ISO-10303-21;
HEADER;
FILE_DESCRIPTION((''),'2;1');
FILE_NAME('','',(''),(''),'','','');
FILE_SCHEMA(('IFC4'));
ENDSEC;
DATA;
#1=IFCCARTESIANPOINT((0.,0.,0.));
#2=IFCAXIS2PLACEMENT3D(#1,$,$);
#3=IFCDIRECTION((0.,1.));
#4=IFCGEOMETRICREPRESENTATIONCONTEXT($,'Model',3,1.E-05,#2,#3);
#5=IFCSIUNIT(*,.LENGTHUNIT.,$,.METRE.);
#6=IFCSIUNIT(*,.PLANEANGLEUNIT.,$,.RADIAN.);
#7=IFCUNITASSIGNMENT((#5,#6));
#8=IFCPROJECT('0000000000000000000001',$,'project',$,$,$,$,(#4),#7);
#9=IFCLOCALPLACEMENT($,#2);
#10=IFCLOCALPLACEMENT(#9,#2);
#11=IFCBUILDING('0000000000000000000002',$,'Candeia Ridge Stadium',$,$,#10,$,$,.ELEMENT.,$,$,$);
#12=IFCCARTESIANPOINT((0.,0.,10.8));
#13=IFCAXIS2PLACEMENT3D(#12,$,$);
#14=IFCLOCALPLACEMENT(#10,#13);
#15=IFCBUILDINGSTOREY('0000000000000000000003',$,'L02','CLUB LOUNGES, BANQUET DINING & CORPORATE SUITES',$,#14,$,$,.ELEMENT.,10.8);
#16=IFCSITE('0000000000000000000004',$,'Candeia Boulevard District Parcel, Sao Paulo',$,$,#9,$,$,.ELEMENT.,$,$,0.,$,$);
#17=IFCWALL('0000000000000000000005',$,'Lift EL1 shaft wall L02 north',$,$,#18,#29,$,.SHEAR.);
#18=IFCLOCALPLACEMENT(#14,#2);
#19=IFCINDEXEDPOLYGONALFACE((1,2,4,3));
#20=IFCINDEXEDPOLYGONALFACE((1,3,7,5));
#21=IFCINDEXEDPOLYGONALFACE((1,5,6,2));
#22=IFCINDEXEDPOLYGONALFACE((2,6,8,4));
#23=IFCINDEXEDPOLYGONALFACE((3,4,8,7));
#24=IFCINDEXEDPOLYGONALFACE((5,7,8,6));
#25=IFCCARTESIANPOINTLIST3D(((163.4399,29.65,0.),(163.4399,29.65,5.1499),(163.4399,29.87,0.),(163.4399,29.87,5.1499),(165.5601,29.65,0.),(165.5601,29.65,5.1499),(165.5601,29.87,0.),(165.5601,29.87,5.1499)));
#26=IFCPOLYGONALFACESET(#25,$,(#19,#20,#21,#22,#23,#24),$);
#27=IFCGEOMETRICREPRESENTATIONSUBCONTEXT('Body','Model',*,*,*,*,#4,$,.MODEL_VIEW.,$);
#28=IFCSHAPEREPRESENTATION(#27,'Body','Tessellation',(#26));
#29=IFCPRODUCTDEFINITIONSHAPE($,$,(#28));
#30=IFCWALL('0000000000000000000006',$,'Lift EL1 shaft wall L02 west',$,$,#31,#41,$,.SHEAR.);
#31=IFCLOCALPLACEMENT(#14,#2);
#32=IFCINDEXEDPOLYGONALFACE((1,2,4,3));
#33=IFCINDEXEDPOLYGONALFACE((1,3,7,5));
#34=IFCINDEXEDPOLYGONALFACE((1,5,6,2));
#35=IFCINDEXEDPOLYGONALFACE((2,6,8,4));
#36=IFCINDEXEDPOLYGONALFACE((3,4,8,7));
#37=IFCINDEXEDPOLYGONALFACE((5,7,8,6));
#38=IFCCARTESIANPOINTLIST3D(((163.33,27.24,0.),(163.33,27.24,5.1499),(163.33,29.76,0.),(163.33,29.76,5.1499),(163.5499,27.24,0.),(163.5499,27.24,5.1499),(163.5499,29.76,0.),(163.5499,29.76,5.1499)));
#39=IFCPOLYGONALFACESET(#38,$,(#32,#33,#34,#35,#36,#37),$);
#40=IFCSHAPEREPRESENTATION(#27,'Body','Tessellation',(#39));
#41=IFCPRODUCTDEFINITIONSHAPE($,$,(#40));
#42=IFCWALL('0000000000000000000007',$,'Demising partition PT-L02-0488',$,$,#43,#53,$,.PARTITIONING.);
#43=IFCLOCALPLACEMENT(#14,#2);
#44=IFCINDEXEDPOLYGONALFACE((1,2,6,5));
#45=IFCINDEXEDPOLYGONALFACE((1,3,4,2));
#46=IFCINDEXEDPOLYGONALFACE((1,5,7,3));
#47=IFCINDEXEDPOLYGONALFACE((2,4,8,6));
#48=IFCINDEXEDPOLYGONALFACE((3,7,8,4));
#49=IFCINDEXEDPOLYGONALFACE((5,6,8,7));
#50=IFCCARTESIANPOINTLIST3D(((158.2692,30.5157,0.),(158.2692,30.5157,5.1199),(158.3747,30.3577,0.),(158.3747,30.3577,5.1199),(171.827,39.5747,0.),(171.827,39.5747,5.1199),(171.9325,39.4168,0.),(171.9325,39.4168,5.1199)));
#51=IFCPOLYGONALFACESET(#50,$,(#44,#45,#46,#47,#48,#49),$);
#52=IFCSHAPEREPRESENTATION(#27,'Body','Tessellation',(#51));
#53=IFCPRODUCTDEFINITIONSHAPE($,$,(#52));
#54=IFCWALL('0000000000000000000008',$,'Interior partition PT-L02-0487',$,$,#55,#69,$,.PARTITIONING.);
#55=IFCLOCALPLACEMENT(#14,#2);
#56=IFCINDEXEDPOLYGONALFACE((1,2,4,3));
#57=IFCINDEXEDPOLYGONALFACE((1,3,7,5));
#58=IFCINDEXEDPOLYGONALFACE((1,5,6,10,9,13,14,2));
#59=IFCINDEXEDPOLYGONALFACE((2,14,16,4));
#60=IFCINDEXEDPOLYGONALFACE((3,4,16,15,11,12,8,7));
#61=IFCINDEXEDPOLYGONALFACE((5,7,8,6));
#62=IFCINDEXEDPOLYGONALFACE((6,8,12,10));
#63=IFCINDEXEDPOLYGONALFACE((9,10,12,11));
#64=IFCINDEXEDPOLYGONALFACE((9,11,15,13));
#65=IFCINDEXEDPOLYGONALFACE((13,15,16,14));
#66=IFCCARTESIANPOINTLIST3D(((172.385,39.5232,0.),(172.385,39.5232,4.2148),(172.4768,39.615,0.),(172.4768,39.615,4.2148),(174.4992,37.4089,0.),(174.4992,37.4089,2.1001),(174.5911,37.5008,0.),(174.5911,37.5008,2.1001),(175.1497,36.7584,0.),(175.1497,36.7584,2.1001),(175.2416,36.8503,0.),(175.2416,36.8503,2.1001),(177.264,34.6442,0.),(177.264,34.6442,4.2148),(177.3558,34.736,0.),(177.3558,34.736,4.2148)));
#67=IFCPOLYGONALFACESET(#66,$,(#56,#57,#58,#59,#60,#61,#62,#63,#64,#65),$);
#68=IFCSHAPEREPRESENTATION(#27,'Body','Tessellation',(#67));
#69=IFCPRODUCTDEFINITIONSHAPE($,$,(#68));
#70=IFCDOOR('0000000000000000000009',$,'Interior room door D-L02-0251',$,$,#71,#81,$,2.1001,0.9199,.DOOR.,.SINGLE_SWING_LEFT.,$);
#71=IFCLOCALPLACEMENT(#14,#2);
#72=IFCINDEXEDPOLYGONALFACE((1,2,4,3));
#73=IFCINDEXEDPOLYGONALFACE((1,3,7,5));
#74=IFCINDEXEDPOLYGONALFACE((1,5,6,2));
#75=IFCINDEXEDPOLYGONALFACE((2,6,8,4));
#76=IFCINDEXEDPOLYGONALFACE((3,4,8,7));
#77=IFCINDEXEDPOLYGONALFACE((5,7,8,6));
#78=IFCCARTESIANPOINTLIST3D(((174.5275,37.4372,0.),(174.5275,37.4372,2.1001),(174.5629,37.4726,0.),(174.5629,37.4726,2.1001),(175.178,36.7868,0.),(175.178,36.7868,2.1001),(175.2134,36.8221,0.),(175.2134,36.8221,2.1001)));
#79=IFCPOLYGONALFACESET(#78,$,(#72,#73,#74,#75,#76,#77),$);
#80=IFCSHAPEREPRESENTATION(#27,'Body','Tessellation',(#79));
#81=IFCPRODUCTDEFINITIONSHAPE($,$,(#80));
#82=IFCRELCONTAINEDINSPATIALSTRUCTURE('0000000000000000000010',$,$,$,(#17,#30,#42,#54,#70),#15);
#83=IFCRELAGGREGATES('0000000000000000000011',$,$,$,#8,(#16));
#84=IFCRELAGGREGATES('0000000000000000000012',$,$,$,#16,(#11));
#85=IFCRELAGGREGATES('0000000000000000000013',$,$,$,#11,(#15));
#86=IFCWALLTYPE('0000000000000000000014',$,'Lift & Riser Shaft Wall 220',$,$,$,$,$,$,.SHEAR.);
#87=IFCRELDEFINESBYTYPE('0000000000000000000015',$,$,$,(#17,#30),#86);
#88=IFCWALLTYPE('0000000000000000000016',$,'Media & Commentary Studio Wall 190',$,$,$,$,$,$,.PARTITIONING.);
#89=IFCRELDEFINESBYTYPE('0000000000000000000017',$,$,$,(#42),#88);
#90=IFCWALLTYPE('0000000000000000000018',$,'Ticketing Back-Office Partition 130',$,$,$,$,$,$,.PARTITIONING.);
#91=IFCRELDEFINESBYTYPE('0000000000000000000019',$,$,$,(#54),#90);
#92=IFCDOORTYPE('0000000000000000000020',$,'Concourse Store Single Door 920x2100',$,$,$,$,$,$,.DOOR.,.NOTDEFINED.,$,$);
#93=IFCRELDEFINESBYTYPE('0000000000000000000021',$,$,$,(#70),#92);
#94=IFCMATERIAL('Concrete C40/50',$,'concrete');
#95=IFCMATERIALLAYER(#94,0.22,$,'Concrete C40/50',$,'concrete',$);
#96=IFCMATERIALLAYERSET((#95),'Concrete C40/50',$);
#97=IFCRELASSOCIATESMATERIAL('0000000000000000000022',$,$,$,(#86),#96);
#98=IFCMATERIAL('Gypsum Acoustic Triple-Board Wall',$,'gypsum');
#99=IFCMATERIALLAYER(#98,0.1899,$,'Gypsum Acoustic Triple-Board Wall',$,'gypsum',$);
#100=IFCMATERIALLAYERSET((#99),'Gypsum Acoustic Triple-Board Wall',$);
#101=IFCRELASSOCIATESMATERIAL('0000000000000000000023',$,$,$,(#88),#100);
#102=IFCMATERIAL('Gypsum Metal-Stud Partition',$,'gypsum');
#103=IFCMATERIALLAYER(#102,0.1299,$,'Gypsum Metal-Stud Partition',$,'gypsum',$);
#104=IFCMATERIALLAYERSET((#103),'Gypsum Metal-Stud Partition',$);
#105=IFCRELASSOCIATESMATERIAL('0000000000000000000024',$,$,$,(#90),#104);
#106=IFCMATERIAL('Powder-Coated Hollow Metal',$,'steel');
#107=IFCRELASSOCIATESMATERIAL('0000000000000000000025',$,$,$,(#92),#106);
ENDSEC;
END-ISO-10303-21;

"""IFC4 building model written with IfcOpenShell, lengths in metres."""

from ifc_helpers import new_model, si_unit, direction, frame, frame_2d, origin, place, context, subcontext, project, spatial, rectangle, extrude, material, layer, layer_set, type_object, element, fill, save


model = new_model("IFC4")

# Units and contexts
model_context = context("Model", 3, precision=1e-05, world=origin(), true_north=direction((0.0, 1.0)))
body_context = subcontext(model_context, "Body", "Model", "MODEL_VIEW")
ifc_project = project(units=[si_unit("LENGTHUNIT", "METRE"), si_unit("PLANEANGLEUNIT", "RADIAN")], contexts=[model_context])

# Site, building, storey
site_placement = place(None, origin())
site = spatial("IfcSite", under=ifc_project, at=site_placement, Name="Candeia Boulevard District Parcel, Sao Paulo", CompositionType="ELEMENT", RefElevation=0.0)
building_placement = place(site_placement, origin())
building = spatial("IfcBuilding", under=site, at=building_placement, Name="Candeia Ridge Stadium", CompositionType="ELEMENT")
storey_placement = place(building_placement, frame((0.0, 0.0, 10.8)))
storey = spatial("IfcBuildingStorey", under=building, at=storey_placement, Name="L02", Description="CLUB LOUNGES, BANQUET DINING & CORPORATE SUITES", CompositionType="ELEMENT", Elevation=10.8)

# Shared definitions
ifc_material_1 = material(Name="Concrete C40/50", Category="concrete")

# Walls
ifc_layer_1 = layer(ifc_material_1, 0.22, Name="Concrete C40/50", Category="concrete")
ifc_layer_set_1 = layer_set([ifc_layer_1], Name="Concrete C40/50")
wall_type_1 = type_object("IfcWallType", Name="Lift & Riser Shaft Wall 220", PredefinedType="SHEAR", material=ifc_layer_set_1)
wall_1_placement = place(storey_placement, frame((165.5601, 29.76, 0.0), z_axis=(0.0, 0.0, 1.0), x_axis=(-1.0, 0.0, 0.0)))
element("IfcWall", 1, at=wall_1_placement, inside=storey, type_object=wall_type_1, Name="Lift EL1 shaft wall L02 north", PredefinedType="SHEAR", context=body_context, shape_type="SweptSolid", body=[
    extrude(rectangle(XDim=2.1201, YDim=0.22, at=frame_2d((1.0601, 0.0))), origin(), (0.0, 0.0, 1.0), 5.1499),
])
wall_2_placement = place(storey_placement, frame((163.4399, 29.76, 0.0), z_axis=(0.0, 0.0, 1.0), x_axis=(0.0, -1.0, 0.0)))
element("IfcWall", 2, at=wall_2_placement, inside=storey, type_object=wall_type_1, Name="Lift EL1 shaft wall L02 west", PredefinedType="SHEAR", context=body_context, shape_type="SweptSolid", body=[
    extrude(rectangle(XDim=2.52, YDim=0.22, at=frame_2d((1.26, 0.0))), origin(), (0.0, 0.0, 1.0), 5.1499),
])
ifc_material_2 = material(Name="Gypsum Acoustic Triple-Board Wall", Category="gypsum")
ifc_layer_2 = layer(ifc_material_2, 0.1899, Name="Gypsum Acoustic Triple-Board Wall", Category="gypsum")
ifc_layer_set_2 = layer_set([ifc_layer_2], Name="Gypsum Acoustic Triple-Board Wall")
wall_type_2 = type_object("IfcWallType", Name="Media & Commentary Studio Wall 190", PredefinedType="PARTITIONING", material=ifc_layer_set_2)
wall_3_placement = place(storey_placement, frame((158.322, 30.4368, 0.0), z_axis=(0.0, 0.0, 1.0), x_axis=(0.831469, 0.555571, 0.0)))
element("IfcWall", 3, at=wall_3_placement, inside=storey, type_object=wall_type_2, Name="Demising partition PT-L02-0488", PredefinedType="PARTITIONING", context=body_context, shape_type="SweptSolid", body=[
    extrude(rectangle(XDim=16.3059, YDim=0.1899, at=frame_2d((8.1528, 0.0))), origin(), (0.0, 0.0, 1.0), 5.1199),
])

# Wall, opening, door
ifc_material_3 = material(Name="Gypsum Metal-Stud Partition", Category="gypsum")
ifc_layer_3 = layer(ifc_material_3, 0.1299, Name="Gypsum Metal-Stud Partition", Category="gypsum")
ifc_layer_set_3 = layer_set([ifc_layer_3], Name="Gypsum Metal-Stud Partition")
wall_type_3 = type_object("IfcWallType", Name="Ticketing Back-Office Partition 130", PredefinedType="PARTITIONING", material=ifc_layer_set_3)
wall_4_placement = place(storey_placement, frame((172.4309, 39.5691, 0.0), z_axis=(0.0, 0.0, 1.0), x_axis=(0.707107, -0.707107, 0.0)))
wall_4 = element("IfcWall", 4, at=wall_4_placement, inside=storey, type_object=wall_type_3, Name="Interior partition PT-L02-0487", PredefinedType="PARTITIONING", context=body_context, shape_type="SweptSolid", body=[
    extrude(rectangle(XDim=6.8999, YDim=0.1299, at=frame_2d((3.45, 0.0))), origin(), (0.0, 0.0, 1.0), 4.2148),
])
opening_placement = place(wall_4_placement, frame((2.99, 0.0, 0.0)))
opening = element("IfcOpeningElement", 5, at=opening_placement, cuts=wall_4, PredefinedType="OPENING", context=body_context, shape_type="SweptSolid", body=[
    extrude(rectangle(XDim=0.9199, YDim=2.1001, at=frame_2d((0.46, 1.05))), frame((0.0, 0.075, 0.0), z_axis=(0.0, -1.0, 0.0), x_axis=(1.0, 0.0, 0.0)), (0.0, 0.0, 1.0), 0.1499),
])
ifc_material_4 = material(Name="Powder-Coated Hollow Metal", Category="steel")
door_type = type_object("IfcDoorType", Name="Concourse Store Single Door 920x2100", OperationType="NOTDEFINED", PredefinedType="DOOR", material=ifc_material_4)
door_placement = place(opening_placement, frame((0.9199, 0.0, 0.0), z_axis=(0.0, 0.0, 1.0), x_axis=(-1.0, 0.0, 0.0)))
door = element("IfcDoor", 6, at=door_placement, inside=storey, type_object=door_type, Name="Interior room door D-L02-0251", OperationType="SINGLE_SWING_LEFT", OverallHeight=2.1001, OverallWidth=0.9199, PredefinedType="DOOR", context=body_context, shape_type="SweptSolid", body=[
    extrude(rectangle(XDim=0.9199, YDim=2.1001, at=frame_2d((0.46, 1.05))), frame((0.0, 0.0249, 0.0), z_axis=(0.0, -1.0, 0.0), x_axis=(1.0, 0.0, 0.0)), (0.0, 0.0, 1.0), 0.05),
])
fill(opening, door)

save(model, "model.ifc")
